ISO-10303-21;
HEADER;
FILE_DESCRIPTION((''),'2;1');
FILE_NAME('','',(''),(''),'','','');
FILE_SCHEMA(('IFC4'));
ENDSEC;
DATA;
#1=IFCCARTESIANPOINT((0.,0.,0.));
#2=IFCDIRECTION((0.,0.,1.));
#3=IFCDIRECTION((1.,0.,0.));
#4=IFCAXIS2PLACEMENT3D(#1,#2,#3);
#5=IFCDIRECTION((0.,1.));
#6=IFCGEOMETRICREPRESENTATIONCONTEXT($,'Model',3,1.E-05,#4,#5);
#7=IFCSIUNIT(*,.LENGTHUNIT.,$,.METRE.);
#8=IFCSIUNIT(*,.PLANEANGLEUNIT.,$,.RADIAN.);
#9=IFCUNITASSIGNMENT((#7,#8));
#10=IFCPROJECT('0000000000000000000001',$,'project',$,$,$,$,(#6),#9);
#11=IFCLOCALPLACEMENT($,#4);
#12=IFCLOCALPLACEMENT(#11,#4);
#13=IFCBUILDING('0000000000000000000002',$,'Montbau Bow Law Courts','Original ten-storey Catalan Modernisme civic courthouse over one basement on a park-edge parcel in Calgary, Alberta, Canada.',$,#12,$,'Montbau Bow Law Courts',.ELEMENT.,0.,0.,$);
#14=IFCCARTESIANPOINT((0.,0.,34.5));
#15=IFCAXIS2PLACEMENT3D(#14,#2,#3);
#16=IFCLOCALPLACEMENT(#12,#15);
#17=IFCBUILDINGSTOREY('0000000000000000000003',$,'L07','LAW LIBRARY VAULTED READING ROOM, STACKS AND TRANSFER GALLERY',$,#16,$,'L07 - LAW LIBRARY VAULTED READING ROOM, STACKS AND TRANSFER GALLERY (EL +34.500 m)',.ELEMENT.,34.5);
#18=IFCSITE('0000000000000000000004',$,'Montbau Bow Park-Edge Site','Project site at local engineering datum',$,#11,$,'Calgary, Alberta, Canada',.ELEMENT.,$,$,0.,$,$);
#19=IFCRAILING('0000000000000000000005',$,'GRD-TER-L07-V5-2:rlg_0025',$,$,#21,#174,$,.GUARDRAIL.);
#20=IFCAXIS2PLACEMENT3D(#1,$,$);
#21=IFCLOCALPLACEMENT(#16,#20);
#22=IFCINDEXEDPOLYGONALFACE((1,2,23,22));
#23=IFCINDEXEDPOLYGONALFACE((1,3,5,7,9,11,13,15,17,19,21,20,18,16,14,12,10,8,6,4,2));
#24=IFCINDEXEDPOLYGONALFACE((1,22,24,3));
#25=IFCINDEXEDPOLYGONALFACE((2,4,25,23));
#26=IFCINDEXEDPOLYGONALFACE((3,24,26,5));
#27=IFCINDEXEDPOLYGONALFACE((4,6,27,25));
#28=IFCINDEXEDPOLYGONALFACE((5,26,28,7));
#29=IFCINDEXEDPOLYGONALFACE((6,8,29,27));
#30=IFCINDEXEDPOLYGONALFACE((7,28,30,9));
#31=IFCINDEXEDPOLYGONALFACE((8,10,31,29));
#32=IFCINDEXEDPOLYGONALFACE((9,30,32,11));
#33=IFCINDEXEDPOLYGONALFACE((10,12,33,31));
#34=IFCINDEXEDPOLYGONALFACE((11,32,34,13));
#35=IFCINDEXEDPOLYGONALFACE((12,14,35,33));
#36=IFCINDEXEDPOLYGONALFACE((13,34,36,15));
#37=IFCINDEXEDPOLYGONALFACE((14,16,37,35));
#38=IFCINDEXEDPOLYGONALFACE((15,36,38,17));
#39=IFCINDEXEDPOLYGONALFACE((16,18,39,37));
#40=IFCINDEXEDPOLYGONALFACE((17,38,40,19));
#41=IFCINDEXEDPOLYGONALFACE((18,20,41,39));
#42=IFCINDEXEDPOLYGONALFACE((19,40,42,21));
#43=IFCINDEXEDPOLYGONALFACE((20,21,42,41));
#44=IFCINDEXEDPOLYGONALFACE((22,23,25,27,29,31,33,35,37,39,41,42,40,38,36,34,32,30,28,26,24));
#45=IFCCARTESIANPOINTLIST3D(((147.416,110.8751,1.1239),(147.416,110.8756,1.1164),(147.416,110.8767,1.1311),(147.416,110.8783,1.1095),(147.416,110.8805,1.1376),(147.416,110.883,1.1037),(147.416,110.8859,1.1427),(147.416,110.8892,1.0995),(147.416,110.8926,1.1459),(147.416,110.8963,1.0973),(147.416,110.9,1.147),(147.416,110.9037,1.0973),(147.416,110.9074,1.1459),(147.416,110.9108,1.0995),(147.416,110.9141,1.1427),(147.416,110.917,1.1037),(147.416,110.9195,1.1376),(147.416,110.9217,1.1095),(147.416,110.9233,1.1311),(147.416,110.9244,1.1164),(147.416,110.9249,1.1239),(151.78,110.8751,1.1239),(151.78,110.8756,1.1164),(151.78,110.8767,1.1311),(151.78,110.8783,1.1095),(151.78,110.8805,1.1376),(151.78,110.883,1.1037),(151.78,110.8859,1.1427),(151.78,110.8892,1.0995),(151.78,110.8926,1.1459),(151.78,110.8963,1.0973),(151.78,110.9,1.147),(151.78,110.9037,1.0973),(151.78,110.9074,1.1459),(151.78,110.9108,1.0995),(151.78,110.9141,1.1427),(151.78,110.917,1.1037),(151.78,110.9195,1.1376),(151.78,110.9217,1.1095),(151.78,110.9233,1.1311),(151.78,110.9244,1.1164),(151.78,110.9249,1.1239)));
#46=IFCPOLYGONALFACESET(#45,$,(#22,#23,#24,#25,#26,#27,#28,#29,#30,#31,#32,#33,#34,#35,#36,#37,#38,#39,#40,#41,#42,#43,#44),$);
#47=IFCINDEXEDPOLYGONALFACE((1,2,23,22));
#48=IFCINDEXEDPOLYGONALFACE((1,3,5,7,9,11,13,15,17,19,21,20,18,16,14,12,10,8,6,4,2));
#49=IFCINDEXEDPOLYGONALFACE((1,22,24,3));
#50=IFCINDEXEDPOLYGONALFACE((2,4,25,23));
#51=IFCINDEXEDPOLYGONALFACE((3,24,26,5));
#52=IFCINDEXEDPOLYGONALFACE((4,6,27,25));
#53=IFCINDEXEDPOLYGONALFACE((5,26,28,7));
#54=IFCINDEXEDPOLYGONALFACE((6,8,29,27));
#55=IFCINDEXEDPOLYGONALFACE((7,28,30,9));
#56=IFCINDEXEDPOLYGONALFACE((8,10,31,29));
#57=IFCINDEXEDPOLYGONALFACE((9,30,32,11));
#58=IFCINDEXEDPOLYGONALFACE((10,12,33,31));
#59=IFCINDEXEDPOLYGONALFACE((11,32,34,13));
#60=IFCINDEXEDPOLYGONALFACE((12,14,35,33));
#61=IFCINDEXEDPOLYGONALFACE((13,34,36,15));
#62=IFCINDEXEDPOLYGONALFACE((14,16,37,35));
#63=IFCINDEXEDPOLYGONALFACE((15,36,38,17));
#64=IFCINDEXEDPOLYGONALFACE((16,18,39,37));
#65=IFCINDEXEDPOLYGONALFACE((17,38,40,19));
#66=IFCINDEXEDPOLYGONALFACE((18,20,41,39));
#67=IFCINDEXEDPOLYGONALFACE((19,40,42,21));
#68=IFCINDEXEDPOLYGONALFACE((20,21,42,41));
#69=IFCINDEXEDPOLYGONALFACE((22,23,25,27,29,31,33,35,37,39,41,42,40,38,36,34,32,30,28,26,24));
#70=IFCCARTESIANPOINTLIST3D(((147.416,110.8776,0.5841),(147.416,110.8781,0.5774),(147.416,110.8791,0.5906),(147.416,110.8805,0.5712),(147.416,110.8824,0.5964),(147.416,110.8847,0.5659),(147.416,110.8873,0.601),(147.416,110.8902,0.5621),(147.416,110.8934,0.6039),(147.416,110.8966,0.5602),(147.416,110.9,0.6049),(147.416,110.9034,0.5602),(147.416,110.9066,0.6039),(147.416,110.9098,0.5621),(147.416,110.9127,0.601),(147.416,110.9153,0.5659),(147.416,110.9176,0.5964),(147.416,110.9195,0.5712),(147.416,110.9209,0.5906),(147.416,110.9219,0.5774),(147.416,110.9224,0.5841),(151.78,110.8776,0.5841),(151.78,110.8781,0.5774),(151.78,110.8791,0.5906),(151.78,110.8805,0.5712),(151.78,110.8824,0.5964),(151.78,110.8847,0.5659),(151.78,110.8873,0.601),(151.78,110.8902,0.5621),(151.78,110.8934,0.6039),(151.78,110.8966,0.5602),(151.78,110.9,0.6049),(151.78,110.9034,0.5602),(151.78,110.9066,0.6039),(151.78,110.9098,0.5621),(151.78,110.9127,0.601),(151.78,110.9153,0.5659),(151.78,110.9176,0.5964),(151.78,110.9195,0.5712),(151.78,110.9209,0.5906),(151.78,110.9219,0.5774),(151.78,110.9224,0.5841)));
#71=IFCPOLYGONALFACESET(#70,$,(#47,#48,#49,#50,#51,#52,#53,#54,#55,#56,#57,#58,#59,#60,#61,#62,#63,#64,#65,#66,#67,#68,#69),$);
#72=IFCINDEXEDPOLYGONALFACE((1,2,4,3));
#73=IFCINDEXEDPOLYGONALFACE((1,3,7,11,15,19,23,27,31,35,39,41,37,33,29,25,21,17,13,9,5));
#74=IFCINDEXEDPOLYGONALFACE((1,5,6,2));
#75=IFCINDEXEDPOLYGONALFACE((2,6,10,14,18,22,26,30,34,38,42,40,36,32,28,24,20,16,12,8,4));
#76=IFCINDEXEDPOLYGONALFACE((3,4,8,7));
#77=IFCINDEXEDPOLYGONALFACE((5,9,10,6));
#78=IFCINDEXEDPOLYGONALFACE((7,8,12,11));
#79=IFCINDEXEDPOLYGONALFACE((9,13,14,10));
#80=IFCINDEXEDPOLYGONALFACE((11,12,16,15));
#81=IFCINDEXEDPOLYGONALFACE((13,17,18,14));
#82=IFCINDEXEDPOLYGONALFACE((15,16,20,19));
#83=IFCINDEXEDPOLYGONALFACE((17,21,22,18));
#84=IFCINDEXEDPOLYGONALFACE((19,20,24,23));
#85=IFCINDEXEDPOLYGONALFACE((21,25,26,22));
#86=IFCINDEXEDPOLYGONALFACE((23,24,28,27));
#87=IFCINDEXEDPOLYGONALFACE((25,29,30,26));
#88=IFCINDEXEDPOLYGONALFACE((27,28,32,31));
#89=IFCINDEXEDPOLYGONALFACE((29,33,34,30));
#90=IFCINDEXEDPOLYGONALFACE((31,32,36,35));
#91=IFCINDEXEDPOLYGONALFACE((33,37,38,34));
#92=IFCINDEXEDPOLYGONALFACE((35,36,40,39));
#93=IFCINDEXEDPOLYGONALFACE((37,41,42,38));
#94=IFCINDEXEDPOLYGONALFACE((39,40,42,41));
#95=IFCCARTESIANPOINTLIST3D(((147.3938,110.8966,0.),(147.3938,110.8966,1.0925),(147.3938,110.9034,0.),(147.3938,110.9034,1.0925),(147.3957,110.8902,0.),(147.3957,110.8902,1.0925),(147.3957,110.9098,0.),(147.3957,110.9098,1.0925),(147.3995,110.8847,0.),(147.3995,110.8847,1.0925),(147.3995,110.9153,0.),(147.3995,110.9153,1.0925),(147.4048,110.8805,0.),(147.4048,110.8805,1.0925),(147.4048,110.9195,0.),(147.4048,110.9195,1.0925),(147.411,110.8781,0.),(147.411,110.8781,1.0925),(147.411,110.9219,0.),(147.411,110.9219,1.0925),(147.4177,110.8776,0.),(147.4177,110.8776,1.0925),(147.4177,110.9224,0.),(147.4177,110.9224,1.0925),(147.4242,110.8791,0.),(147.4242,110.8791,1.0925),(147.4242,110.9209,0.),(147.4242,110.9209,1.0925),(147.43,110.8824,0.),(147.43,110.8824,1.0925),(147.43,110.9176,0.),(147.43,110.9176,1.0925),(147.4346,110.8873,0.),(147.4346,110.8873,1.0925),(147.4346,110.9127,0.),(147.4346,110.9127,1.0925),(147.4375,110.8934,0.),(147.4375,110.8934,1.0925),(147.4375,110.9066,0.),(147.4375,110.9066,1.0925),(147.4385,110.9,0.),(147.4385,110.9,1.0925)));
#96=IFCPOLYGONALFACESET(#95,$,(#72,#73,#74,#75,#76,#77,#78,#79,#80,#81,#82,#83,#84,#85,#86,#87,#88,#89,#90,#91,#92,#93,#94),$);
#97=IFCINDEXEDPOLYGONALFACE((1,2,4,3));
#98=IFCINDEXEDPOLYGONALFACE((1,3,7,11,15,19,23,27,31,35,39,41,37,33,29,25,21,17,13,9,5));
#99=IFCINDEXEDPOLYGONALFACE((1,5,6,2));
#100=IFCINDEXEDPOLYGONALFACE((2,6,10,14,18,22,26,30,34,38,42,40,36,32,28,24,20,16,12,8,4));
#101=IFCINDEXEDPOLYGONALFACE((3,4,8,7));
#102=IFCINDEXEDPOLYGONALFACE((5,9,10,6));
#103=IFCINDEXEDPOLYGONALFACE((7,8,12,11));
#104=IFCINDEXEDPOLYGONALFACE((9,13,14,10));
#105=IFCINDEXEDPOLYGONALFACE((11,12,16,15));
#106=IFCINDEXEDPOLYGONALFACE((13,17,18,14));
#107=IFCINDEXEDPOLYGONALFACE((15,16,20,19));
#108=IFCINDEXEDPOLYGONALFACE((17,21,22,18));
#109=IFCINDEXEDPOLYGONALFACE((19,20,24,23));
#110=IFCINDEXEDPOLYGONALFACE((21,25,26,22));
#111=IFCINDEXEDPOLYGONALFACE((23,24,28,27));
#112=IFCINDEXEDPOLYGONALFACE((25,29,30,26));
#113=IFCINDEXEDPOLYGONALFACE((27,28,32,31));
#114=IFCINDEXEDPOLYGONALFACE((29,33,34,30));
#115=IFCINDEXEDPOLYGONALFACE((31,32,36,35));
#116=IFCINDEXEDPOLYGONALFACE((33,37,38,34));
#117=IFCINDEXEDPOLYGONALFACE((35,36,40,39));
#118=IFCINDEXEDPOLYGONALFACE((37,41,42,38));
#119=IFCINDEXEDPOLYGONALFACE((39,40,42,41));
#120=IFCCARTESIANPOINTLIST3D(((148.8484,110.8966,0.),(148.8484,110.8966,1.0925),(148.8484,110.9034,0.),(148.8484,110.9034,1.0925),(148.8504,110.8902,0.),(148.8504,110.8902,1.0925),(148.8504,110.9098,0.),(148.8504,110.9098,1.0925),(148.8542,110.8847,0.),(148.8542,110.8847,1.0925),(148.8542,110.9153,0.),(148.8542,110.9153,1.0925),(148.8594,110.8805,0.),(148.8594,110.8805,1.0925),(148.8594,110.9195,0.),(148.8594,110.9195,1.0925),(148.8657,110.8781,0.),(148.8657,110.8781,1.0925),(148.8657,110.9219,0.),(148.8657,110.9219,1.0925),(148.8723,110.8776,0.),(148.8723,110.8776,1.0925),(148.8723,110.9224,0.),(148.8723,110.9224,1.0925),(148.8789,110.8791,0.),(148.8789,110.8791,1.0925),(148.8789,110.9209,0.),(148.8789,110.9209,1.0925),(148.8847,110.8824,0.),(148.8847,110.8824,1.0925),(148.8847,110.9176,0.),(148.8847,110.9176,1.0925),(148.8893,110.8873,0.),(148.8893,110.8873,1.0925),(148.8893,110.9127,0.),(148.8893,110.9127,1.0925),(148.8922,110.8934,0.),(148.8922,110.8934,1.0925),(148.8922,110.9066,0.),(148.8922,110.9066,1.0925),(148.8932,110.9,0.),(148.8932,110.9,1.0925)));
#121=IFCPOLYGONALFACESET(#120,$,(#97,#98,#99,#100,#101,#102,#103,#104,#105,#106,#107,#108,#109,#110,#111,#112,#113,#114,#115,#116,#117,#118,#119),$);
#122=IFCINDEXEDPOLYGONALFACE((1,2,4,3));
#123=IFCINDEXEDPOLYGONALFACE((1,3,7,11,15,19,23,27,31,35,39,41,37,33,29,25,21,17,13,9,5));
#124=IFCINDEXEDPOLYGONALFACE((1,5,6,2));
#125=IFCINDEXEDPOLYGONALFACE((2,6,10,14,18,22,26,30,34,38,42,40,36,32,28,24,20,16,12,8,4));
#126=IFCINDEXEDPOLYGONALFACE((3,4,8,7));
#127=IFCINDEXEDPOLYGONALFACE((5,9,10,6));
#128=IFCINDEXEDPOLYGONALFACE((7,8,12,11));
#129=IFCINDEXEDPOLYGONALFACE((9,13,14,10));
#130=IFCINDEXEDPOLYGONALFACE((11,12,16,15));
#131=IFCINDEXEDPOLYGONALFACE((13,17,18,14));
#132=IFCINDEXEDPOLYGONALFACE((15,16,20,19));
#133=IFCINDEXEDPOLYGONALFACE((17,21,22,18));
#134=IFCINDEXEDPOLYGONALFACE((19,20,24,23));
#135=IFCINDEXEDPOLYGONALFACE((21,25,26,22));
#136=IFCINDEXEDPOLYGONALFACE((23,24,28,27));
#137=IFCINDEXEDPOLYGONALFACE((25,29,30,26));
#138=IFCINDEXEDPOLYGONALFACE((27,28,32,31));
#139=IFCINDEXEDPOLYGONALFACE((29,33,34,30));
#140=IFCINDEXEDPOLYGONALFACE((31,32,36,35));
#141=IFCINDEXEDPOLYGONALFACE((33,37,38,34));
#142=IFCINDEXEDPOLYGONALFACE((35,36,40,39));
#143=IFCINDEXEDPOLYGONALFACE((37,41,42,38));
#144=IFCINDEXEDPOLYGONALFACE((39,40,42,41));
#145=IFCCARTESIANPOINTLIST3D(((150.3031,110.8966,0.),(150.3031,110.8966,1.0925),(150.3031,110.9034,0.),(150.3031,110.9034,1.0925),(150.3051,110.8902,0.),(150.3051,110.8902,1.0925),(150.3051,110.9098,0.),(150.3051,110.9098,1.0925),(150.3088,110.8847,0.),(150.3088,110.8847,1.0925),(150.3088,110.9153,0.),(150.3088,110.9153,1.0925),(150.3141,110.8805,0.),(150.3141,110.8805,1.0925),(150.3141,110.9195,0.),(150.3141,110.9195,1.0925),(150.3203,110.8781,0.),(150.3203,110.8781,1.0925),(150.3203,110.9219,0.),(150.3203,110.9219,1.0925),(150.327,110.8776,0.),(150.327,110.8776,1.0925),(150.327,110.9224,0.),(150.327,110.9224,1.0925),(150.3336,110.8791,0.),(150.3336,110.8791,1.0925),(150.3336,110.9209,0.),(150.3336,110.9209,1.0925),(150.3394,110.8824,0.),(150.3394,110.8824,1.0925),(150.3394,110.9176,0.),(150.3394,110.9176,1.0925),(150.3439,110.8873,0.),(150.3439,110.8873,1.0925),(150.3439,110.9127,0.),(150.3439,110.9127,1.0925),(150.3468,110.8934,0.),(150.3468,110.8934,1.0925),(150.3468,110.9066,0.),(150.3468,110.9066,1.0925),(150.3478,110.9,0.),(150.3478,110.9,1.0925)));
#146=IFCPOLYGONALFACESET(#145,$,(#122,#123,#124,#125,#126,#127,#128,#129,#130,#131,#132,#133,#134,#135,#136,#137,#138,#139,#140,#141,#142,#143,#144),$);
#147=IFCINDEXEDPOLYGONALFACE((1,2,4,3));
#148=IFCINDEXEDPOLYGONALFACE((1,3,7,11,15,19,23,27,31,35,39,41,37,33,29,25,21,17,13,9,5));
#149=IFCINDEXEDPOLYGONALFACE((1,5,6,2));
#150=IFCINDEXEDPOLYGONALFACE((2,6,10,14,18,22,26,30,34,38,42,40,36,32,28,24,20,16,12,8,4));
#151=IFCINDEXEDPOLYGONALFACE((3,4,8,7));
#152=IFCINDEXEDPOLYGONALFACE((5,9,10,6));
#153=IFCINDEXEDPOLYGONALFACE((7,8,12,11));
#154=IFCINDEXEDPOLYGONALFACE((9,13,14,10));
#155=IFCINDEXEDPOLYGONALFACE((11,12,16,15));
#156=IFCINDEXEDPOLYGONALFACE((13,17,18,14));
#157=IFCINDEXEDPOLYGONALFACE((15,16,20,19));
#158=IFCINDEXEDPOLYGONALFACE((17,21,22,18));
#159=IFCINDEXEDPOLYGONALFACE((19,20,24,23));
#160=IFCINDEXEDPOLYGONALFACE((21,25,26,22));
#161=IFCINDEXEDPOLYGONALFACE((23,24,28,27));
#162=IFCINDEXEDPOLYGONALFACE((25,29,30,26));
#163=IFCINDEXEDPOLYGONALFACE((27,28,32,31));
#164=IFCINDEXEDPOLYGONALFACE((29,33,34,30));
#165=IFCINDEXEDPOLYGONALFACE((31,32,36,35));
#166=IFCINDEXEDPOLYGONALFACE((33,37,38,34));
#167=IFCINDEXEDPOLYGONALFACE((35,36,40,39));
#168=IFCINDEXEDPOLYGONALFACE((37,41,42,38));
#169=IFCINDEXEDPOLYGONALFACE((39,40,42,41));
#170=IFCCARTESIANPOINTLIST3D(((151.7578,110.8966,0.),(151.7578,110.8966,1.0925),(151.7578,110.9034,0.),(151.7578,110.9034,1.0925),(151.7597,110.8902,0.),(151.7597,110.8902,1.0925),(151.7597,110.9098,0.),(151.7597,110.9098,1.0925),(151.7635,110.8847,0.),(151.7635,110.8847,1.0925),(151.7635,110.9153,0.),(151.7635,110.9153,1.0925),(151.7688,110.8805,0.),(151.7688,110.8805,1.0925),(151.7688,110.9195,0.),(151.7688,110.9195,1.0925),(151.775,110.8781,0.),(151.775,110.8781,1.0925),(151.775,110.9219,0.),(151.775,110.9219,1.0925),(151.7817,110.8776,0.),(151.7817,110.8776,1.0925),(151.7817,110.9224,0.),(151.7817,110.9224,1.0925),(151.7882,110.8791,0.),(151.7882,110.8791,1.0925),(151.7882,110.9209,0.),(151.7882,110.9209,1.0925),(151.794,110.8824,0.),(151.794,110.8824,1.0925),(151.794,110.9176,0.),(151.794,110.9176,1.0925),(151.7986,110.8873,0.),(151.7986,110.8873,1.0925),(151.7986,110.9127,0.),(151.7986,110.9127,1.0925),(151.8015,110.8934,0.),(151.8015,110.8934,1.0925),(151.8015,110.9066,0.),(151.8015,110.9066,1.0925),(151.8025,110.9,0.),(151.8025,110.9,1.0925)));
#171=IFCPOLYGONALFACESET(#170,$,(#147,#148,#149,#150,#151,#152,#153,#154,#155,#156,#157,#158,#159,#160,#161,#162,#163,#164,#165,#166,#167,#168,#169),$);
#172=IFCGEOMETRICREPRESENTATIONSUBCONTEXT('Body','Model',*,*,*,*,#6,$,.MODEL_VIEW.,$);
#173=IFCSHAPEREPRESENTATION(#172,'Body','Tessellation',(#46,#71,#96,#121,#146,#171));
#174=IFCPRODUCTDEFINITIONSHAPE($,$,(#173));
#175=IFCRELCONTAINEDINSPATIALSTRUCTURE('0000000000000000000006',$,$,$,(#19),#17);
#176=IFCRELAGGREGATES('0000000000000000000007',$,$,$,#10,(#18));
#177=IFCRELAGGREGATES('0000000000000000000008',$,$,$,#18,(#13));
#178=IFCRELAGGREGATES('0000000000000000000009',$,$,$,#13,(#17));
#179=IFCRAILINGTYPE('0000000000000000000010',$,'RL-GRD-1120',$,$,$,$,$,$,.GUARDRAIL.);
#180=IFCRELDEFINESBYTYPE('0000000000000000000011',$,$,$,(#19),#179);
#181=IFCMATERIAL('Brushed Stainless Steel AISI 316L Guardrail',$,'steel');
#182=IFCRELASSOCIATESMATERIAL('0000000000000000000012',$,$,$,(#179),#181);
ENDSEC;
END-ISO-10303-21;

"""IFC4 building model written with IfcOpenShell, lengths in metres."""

from ifc_helpers import new_model, si_unit, direction, frame, origin_with_axes, origin_2d_with_axis, place, context, subcontext, project, spatial, circle, extrude, material, type_object, element, save


model = new_model("IFC4")

# Units and contexts
model_context = context("Model", 3, precision=1e-05, world=origin_with_axes(), true_north=direction((0.0, 1.0)))
body_context = subcontext(model_context, "Body", "Model", "MODEL_VIEW")
ifc_project = project(units=[si_unit("LENGTHUNIT", "METRE"), si_unit("PLANEANGLEUNIT", "RADIAN")], contexts=[model_context])

# Site, building, storey
site_placement = place(None, origin_with_axes())
site = spatial("IfcSite", under=ifc_project, at=site_placement, Name="Montbau Bow Park-Edge Site", Description="Project site at local engineering datum", LongName="Calgary, Alberta, Canada", CompositionType="ELEMENT", RefElevation=0.0)
building_placement = place(site_placement, origin_with_axes())
building = spatial("IfcBuilding", under=site, at=building_placement, Name="Montbau Bow Law Courts", Description="Original ten-storey Catalan Modernisme civic courthouse over one basement on a park-edge parcel in Calgary, Alberta, Canada.", LongName="Montbau Bow Law Courts", CompositionType="ELEMENT", ElevationOfRefHeight=0.0, ElevationOfTerrain=0.0)
storey_placement = place(building_placement, frame((0.0, 0.0, 34.5), z_axis=(0.0, 0.0, 1.0), x_axis=(1.0, 0.0, 0.0)))
storey = spatial("IfcBuildingStorey", under=building, at=storey_placement, Name="L07", Description="LAW LIBRARY VAULTED READING ROOM, STACKS AND TRANSFER GALLERY", LongName="L07 - LAW LIBRARY VAULTED READING ROOM, STACKS AND TRANSFER GALLERY (EL +34.500 m)", CompositionType="ELEMENT", Elevation=34.5)

# Railing
ifc_material_1 = material(Name="Brushed Stainless Steel AISI 316L Guardrail", Category="steel")
railing_type_1 = type_object("IfcRailingType", Name="RL-GRD-1120", PredefinedType="GUARDRAIL", material=ifc_material_1)
railing_1_placement = place(None, origin_with_axes())
element("IfcRailing", 1, at=railing_1_placement, inside=storey, type_object=railing_type_1, Name="GRD-TER-L07-V5-2:rlg_0025", PredefinedType="GUARDRAIL", context=body_context, shape_type="SweptSolid", body=[
    extrude(circle(Radius=0.025, at=origin_2d_with_axis()), frame((147.416, 110.9, 35.622), z_axis=(1.0, 0.0, 0.0), x_axis=(0.0, 0.0, 1.0)), (0.0, 0.0, 1.0), 4.364),
    extrude(circle(Radius=0.0225, at=origin_2d_with_axis()), frame((147.416, 110.9, 35.0824), z_axis=(1.0, 0.0, 0.0), x_axis=(0.0, 0.0, 1.0)), (0.0, 0.0, 1.0), 4.364),
    extrude(circle(Radius=0.0225, at=origin_2d_with_axis()), frame((147.416, 110.9, 34.5), z_axis=(0.0, 0.0, 1.0), x_axis=(1.0, 0.0, 0.0)), (0.0, 0.0, 1.0), 1.0925),
    extrude(circle(Radius=0.0225, at=origin_2d_with_axis()), frame((148.8707, 110.9, 34.5), z_axis=(0.0, 0.0, 1.0), x_axis=(1.0, 0.0, 0.0)), (0.0, 0.0, 1.0), 1.0925),
    extrude(circle(Radius=0.0225, at=origin_2d_with_axis()), frame((150.3253, 110.9, 34.5), z_axis=(0.0, 0.0, 1.0), x_axis=(1.0, 0.0, 0.0)), (0.0, 0.0, 1.0), 1.0925),
    extrude(circle(Radius=0.0225, at=origin_2d_with_axis()), frame((151.78, 110.9, 34.5), z_axis=(0.0, 0.0, 1.0), x_axis=(1.0, 0.0, 0.0)), (0.0, 0.0, 1.0), 1.0925),
])

save(model, "model.ifc")
